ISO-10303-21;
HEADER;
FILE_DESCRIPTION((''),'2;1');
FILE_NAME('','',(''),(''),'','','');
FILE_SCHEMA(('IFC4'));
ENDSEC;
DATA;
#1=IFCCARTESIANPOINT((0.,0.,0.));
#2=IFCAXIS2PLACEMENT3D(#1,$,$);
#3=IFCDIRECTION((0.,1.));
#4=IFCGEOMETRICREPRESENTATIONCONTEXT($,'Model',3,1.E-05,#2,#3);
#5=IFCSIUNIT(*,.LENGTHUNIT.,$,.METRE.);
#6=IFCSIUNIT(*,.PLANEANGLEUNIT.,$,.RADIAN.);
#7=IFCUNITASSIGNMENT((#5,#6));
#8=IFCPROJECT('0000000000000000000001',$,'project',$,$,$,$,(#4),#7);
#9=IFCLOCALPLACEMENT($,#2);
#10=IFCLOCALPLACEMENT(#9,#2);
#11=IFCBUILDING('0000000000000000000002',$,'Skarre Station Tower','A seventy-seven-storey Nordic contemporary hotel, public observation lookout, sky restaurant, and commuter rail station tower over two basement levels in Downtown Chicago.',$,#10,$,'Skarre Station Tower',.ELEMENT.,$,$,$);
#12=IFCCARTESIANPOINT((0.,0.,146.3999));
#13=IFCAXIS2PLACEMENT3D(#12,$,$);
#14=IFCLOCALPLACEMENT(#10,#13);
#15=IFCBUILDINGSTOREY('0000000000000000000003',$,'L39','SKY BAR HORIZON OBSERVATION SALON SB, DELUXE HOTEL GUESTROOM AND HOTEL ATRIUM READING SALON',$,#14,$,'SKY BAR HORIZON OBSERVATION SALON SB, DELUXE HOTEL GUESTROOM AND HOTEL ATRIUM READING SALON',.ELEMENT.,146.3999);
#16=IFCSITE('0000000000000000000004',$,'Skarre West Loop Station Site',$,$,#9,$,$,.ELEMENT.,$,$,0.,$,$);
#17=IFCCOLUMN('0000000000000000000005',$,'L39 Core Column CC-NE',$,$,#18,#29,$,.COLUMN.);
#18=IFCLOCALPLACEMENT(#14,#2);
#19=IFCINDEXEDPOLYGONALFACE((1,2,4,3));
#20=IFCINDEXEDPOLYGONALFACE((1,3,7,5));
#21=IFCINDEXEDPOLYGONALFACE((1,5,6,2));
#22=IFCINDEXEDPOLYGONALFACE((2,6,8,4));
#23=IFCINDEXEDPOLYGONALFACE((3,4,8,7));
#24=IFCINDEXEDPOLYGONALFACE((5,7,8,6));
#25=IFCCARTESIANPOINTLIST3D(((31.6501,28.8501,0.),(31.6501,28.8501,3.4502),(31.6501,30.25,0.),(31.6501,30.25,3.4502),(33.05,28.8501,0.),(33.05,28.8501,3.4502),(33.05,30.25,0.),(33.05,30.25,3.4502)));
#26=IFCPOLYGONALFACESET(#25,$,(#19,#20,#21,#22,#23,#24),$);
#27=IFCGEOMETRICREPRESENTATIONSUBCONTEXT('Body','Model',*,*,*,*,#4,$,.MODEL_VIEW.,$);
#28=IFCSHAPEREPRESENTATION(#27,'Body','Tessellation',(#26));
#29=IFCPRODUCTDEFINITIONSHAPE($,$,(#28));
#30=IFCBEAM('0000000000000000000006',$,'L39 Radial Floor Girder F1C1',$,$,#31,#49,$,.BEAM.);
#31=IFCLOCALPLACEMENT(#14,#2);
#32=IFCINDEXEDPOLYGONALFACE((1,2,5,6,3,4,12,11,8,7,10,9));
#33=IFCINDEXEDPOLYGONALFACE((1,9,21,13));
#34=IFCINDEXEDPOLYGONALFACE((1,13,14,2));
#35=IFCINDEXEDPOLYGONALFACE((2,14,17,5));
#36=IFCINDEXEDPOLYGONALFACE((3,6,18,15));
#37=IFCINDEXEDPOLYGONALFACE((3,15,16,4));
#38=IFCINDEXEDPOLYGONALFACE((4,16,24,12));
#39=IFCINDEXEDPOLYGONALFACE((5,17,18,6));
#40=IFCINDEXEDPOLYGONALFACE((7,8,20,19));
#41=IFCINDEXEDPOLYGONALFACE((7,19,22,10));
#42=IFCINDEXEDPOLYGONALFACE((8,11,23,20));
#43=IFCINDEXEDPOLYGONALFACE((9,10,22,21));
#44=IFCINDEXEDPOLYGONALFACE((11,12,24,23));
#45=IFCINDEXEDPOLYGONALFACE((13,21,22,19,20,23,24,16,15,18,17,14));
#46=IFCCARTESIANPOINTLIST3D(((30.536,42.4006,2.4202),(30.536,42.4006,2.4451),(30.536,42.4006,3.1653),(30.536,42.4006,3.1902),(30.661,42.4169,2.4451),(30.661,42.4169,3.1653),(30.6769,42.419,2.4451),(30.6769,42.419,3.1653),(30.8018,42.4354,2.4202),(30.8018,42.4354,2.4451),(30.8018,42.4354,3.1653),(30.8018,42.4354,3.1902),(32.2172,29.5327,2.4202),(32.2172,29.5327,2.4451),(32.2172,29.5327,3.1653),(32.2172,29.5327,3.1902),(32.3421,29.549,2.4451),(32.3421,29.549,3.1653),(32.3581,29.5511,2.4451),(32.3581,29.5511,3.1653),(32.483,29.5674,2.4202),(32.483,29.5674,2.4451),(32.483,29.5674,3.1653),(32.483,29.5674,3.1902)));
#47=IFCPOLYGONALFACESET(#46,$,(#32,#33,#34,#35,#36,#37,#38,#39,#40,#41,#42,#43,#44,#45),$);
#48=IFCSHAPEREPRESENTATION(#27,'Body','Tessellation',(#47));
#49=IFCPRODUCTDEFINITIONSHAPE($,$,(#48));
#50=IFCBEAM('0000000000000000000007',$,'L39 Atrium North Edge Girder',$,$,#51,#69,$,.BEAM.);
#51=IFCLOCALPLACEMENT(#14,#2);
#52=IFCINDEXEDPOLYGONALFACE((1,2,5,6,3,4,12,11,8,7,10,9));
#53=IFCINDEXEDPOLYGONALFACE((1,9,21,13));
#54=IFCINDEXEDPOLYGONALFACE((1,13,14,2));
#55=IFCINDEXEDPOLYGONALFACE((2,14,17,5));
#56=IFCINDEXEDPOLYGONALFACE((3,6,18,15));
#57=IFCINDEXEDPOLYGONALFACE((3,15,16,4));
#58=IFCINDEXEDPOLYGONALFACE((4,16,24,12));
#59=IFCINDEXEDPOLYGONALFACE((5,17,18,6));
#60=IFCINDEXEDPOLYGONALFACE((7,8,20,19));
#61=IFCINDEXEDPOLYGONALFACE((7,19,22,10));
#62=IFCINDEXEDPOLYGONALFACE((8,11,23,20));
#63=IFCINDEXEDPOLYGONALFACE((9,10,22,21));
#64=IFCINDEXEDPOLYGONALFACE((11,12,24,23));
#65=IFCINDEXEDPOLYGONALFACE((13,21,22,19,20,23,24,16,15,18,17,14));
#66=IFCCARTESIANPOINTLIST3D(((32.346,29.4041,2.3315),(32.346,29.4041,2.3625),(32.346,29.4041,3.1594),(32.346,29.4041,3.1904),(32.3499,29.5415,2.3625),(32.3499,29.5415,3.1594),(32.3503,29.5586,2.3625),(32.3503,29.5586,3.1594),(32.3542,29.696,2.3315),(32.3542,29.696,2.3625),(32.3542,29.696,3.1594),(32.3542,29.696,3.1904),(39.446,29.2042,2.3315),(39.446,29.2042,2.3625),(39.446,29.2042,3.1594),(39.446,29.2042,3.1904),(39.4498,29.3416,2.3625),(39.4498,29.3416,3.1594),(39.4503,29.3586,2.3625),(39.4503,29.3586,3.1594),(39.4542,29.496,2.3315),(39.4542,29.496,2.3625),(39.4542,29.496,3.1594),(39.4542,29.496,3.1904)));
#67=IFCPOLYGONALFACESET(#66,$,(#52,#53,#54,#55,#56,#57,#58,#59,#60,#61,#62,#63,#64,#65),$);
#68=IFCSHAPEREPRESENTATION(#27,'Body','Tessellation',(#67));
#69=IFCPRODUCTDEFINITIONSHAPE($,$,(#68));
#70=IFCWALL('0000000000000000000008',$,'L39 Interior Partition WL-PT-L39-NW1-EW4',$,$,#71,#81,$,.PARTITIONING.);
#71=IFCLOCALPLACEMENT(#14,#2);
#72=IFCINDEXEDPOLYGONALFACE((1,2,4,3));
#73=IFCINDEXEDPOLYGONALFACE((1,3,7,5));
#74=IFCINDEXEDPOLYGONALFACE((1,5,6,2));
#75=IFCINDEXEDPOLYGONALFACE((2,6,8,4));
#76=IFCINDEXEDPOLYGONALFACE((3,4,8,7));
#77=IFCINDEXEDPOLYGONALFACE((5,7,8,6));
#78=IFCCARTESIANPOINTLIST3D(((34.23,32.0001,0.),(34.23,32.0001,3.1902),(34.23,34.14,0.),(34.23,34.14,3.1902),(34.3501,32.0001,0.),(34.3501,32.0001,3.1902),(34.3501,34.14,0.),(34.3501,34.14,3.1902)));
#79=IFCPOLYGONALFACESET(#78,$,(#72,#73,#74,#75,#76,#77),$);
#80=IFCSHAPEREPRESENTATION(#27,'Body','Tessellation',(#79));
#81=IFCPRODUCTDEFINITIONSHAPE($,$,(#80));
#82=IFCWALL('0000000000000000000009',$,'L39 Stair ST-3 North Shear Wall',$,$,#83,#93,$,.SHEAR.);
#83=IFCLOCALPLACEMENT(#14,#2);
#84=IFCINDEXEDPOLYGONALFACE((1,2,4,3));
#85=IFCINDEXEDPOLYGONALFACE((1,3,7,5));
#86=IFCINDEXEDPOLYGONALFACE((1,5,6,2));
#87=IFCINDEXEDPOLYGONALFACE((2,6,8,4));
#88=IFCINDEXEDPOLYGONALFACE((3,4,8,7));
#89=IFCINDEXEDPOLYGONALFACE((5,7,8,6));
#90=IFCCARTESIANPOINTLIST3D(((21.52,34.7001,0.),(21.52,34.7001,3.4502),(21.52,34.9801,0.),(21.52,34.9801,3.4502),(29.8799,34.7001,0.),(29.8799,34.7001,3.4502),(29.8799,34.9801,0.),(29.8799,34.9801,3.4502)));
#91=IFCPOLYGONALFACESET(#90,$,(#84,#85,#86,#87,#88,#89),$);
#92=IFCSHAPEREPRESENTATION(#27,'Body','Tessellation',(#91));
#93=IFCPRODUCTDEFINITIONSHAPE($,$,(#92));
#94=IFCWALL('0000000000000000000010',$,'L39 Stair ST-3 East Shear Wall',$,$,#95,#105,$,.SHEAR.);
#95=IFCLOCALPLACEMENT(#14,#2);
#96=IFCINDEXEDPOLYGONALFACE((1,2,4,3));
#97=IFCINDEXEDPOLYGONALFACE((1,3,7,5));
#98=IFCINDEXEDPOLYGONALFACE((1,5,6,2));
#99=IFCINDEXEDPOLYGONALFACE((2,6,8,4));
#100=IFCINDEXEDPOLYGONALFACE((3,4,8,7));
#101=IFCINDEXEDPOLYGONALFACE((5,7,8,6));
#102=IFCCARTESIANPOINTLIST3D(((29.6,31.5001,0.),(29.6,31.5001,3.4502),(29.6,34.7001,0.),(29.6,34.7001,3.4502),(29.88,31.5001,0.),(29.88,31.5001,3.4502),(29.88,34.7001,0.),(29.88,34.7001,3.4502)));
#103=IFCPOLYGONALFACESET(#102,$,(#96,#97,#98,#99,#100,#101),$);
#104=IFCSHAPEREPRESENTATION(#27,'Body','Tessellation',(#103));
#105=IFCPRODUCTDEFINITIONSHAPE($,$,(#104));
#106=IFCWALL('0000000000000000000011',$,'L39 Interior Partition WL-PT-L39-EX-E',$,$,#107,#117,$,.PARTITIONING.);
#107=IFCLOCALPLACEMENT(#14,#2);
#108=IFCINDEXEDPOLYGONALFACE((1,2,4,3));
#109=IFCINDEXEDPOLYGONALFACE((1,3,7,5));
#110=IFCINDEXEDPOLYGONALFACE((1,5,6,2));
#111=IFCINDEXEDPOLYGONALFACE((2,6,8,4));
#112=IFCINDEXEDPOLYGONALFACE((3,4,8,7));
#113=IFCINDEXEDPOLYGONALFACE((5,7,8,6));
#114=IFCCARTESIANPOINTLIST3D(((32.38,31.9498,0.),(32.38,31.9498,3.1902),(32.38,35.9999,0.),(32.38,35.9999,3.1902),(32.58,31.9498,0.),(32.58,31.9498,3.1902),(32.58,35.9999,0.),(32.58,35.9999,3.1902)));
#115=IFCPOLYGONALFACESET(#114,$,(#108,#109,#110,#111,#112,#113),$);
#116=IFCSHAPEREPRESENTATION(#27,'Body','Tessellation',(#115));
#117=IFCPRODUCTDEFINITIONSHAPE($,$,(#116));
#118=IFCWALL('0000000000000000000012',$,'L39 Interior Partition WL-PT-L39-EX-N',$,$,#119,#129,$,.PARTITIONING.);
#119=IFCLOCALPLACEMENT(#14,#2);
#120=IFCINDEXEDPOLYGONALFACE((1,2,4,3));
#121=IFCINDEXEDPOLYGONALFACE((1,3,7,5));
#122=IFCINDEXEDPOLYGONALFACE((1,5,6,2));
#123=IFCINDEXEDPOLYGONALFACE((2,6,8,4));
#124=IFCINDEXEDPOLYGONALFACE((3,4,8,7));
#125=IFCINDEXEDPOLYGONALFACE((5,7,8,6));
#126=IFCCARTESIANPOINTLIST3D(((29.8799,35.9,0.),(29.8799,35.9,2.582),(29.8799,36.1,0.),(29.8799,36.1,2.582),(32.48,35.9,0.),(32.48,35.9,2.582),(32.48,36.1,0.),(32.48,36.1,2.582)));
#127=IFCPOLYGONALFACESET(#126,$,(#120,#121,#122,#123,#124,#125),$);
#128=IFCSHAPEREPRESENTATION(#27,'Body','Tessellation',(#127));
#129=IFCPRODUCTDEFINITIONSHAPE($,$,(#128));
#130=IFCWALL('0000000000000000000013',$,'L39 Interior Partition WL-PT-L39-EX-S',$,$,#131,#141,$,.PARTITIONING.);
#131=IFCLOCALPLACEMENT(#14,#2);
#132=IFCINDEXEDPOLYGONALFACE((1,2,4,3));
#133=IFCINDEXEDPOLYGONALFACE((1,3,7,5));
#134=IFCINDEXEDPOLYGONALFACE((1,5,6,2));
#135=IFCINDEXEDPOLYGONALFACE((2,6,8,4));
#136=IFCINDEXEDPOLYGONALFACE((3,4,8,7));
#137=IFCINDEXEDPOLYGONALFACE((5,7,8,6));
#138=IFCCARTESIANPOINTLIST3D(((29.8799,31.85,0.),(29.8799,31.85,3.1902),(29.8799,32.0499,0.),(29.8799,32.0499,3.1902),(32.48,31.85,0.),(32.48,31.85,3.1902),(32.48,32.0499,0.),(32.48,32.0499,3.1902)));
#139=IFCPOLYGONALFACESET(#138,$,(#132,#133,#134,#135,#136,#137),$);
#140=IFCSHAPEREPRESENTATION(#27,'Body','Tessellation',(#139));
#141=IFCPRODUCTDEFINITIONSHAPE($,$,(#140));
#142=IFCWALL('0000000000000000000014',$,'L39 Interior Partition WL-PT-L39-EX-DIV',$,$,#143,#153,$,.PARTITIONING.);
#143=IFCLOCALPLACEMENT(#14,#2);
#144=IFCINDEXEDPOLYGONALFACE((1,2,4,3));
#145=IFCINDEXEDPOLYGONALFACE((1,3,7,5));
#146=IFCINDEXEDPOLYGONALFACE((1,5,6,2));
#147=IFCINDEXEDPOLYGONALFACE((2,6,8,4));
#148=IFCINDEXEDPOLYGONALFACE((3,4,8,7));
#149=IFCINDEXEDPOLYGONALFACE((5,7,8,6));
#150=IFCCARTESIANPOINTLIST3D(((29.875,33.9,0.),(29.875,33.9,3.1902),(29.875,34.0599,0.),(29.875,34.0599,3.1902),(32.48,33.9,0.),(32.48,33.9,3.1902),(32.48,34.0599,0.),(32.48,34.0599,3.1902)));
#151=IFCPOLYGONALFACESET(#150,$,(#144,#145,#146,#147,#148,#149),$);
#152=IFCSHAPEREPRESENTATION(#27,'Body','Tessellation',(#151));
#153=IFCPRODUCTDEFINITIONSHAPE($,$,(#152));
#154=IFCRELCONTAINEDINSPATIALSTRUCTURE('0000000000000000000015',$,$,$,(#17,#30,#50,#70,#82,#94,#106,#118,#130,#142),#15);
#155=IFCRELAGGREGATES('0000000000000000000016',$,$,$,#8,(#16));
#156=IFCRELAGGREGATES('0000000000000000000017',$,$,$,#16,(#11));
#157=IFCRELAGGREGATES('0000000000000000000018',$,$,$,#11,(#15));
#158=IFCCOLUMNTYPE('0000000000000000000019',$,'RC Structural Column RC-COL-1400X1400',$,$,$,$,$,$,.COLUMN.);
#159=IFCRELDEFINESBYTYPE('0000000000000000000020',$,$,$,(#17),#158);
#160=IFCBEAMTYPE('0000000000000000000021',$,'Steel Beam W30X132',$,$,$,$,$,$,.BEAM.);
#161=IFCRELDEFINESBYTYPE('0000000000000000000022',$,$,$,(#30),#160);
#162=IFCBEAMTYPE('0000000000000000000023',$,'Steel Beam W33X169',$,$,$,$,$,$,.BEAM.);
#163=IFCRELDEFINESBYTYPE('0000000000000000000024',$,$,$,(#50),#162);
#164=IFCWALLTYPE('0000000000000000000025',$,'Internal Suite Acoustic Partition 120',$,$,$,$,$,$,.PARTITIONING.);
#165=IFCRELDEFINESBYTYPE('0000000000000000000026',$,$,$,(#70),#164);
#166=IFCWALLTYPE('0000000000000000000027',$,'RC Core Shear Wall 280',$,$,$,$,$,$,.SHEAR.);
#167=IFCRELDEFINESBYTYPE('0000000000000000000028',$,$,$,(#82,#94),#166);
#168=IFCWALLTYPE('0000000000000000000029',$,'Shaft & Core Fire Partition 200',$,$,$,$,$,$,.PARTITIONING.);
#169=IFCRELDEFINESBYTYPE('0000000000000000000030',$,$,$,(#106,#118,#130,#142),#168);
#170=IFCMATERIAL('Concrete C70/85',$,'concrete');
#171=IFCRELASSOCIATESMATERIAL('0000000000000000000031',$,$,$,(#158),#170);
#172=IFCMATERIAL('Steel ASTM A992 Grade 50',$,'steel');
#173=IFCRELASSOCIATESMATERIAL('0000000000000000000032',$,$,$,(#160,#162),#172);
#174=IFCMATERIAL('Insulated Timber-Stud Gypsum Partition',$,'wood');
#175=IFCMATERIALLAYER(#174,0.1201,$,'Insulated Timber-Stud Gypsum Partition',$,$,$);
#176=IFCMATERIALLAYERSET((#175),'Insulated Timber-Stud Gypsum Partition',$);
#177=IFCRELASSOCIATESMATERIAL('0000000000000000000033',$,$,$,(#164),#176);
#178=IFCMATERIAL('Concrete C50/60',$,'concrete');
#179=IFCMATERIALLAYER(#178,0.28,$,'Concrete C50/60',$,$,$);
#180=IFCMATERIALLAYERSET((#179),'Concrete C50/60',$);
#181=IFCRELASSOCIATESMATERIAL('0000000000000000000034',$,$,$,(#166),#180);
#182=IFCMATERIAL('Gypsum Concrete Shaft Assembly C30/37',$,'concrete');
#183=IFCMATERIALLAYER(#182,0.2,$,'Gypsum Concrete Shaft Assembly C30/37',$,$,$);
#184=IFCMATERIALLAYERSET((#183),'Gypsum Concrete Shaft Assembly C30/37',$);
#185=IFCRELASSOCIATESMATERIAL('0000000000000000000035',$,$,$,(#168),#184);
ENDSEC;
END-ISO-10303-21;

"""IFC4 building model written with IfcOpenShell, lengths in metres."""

from ifc_helpers import new_model, si_unit, direction, frame, frame_2d, origin, origin_2d, place, context, subcontext, project, spatial, rectangle, i_section, extrude, material, layer, layer_set, material_profile, profile_set, type_object, element, save


model = new_model("IFC4")

# Units and contexts
model_context = context("Model", 3, precision=1e-05, world=origin(), true_north=direction((0.0, 1.0)))
body_context = subcontext(model_context, "Body", "Model", "MODEL_VIEW")
ifc_project = project(units=[si_unit("LENGTHUNIT", "METRE"), si_unit("PLANEANGLEUNIT", "RADIAN")], contexts=[model_context])

# Site, building, storey
site_placement = place(None, origin())
site = spatial("IfcSite", under=ifc_project, at=site_placement, Name="Skarre West Loop Station Site", CompositionType="ELEMENT", RefElevation=0.0)
building_placement = place(site_placement, origin())
building = spatial("IfcBuilding", under=site, at=building_placement, Name="Skarre Station Tower", Description="A seventy-seven-storey Nordic contemporary hotel, public observation lookout, sky restaurant, and commuter rail station tower over two basement levels in Downtown Chicago.", LongName="Skarre Station Tower", CompositionType="ELEMENT")
storey_placement = place(building_placement, frame((0.0, 0.0, 146.3999)))
storey = spatial("IfcBuildingStorey", under=building, at=storey_placement, Name="L39", Description="SKY BAR HORIZON OBSERVATION SALON SB, DELUXE HOTEL GUESTROOM AND HOTEL ATRIUM READING SALON", LongName="SKY BAR HORIZON OBSERVATION SALON SB, DELUXE HOTEL GUESTROOM AND HOTEL ATRIUM READING SALON", CompositionType="ELEMENT", Elevation=146.3999)

# Column
ifc_material_1 = material(Name="Concrete C70/85", Category="concrete")
ifc_material_profile_1 = material_profile(ifc_material_1, rectangle(XDim=1.3999, YDim=1.3999, at=origin_2d()), Name="Concrete C70/85")
ifc_profile_set_1 = profile_set([ifc_material_profile_1], Name="Concrete C70/85")
column_type = type_object("IfcColumnType", Name="RC Structural Column RC-COL-1400X1400", PredefinedType="COLUMN", material=ifc_profile_set_1)
column_placement = place(storey_placement, frame((32.3501, 29.55, 0.0), z_axis=(0.0, 0.0, 1.0), x_axis=(1.0, 0.0, 0.0)))
element("IfcColumn", 1, at=column_placement, inside=storey, type_object=column_type, Name="L39 Core Column CC-NE", PredefinedType="COLUMN", context=body_context, shape_type="SweptSolid", body=[
    extrude(rectangle(XDim=1.3999, YDim=1.3999, at=origin_2d()), origin(), (0.0, 0.0, 1.0), 3.4502),
])

# Beams
ifc_material_2 = material(Name="Steel ASTM A992 Grade 50", Category="steel")
ifc_material_profile_2 = material_profile(ifc_material_2, i_section(OverallWidth=0.2681, OverallDepth=0.77, WebThickness=0.0161, FlangeThickness=0.0249, at=origin_2d()), Name="Steel ASTM A992 Grade 50")
ifc_profile_set_2 = profile_set([ifc_material_profile_2], Name="Steel ASTM A992 Grade 50")
beam_type_1 = type_object("IfcBeamType", Name="Steel Beam W30X132", PredefinedType="BEAM", material=ifc_profile_set_2)
beam_1_placement = place(storey_placement, frame((32.3501, 29.55, 2.8052), z_axis=(-0.129546, 0.991573, 0.0), x_axis=(-0.991573, -0.129546, 0.0)))
element("IfcBeam", 2, at=beam_1_placement, inside=storey, type_object=beam_type_1, Name="L39 Radial Floor Girder F1C1", PredefinedType="BEAM", context=body_context, shape_type="SweptSolid", body=[
    extrude(i_section(OverallWidth=0.2681, OverallDepth=0.77, WebThickness=0.0161, FlangeThickness=0.0249, at=origin_2d()), origin(), (0.0, 0.0, 1.0), 12.9773),
])
ifc_material_profile_3 = material_profile(ifc_material_2, i_section(OverallWidth=0.292, OverallDepth=0.8589, WebThickness=0.0171, FlangeThickness=0.031, at=origin_2d()), Name="Steel ASTM A992 Grade 50")
ifc_profile_set_3 = profile_set([ifc_material_profile_3], Name="Steel ASTM A992 Grade 50")
beam_type_2 = type_object("IfcBeamType", Name="Steel Beam W33X169", PredefinedType="BEAM", material=ifc_profile_set_3)
beam_2_placement = place(storey_placement, frame((32.3501, 29.55, 2.761), z_axis=(0.999604, -0.028152, 0.0), x_axis=(0.028152, 0.999604, 0.0)))
element("IfcBeam", 3, at=beam_2_placement, inside=storey, type_object=beam_type_2, Name="L39 Atrium North Edge Girder", PredefinedType="BEAM", context=body_context, shape_type="SweptSolid", body=[
    extrude(i_section(OverallWidth=0.292, OverallDepth=0.8589, WebThickness=0.0171, FlangeThickness=0.031, at=origin_2d()), origin(), (0.0, 0.0, 1.0), 7.1028),
])

# Walls
ifc_material_3 = material(Name="Insulated Timber-Stud Gypsum Partition", Category="wood")
ifc_layer_1 = layer(ifc_material_3, 0.1201, Name="Insulated Timber-Stud Gypsum Partition")
ifc_layer_set_1 = layer_set([ifc_layer_1], Name="Insulated Timber-Stud Gypsum Partition")
wall_type_1 = type_object("IfcWallType", Name="Internal Suite Acoustic Partition 120", PredefinedType="PARTITIONING", material=ifc_layer_set_1)
wall_1_placement = place(storey_placement, frame((34.29, 34.1399, 0.0), z_axis=(0.0, 0.0, 1.0), x_axis=(0.0, -1.0, 0.0)))
element("IfcWall", 4, at=wall_1_placement, inside=storey, type_object=wall_type_1, Name="L39 Interior Partition WL-PT-L39-NW1-EW4", PredefinedType="PARTITIONING", context=body_context, shape_type="SweptSolid", body=[
    extrude(rectangle(XDim=2.1399, YDim=0.1201, at=frame_2d((1.0698, 0.0))), origin(), (0.0, 0.0, 1.0), 3.1902),
])
ifc_material_4 = material(Name="Concrete C50/60", Category="concrete")
ifc_layer_2 = layer(ifc_material_4, 0.28, Name="Concrete C50/60")
ifc_layer_set_2 = layer_set([ifc_layer_2], Name="Concrete C50/60")
wall_type_2 = type_object("IfcWallType", Name="RC Core Shear Wall 280", PredefinedType="SHEAR", material=ifc_layer_set_2)
wall_2_placement = place(storey_placement, frame((29.8799, 34.8401, 0.0), z_axis=(0.0, 0.0, 1.0), x_axis=(-1.0, 0.0, 0.0)))
element("IfcWall", 5, at=wall_2_placement, inside=storey, type_object=wall_type_2, Name="L39 Stair ST-3 North Shear Wall", PredefinedType="SHEAR", context=body_context, shape_type="SweptSolid", body=[
    extrude(rectangle(XDim=8.3599, YDim=0.28, at=frame_2d((4.1799, 0.0))), origin(), (0.0, 0.0, 1.0), 3.4502),
])
wall_3_placement = place(storey_placement, frame((29.74, 31.5, 0.0), z_axis=(0.0, 0.0, 1.0), x_axis=(0.0, 1.0, 0.0)))
element("IfcWall", 6, at=wall_3_placement, inside=storey, type_object=wall_type_2, Name="L39 Stair ST-3 East Shear Wall", PredefinedType="SHEAR", context=body_context, shape_type="SweptSolid", body=[
    extrude(rectangle(XDim=3.2, YDim=0.28, at=frame_2d((1.6001, 0.0))), origin(), (0.0, 0.0, 1.0), 3.4502),
])
ifc_material_5 = material(Name="Gypsum Concrete Shaft Assembly C30/37", Category="concrete")
ifc_layer_3 = layer(ifc_material_5, 0.2, Name="Gypsum Concrete Shaft Assembly C30/37")
ifc_layer_set_3 = layer_set([ifc_layer_3], Name="Gypsum Concrete Shaft Assembly C30/37")
wall_type_3 = type_object("IfcWallType", Name="Shaft & Core Fire Partition 200", PredefinedType="PARTITIONING", material=ifc_layer_set_3)
wall_4_placement = place(storey_placement, frame((32.48, 31.95, 0.0), z_axis=(0.0, 0.0, 1.0), x_axis=(0.0, 1.0, 0.0)))
element("IfcWall", 7, at=wall_4_placement, inside=storey, type_object=wall_type_3, Name="L39 Interior Partition WL-PT-L39-EX-E", PredefinedType="PARTITIONING", context=body_context, shape_type="SweptSolid", body=[
    extrude(rectangle(XDim=4.05, YDim=0.2, at=frame_2d((2.0249, 0.0))), origin(), (0.0, 0.0, 1.0), 3.1902),
])
wall_5_placement = place(storey_placement, frame((29.8799, 36.0, 0.0), z_axis=(0.0, 0.0, 1.0), x_axis=(1.0, 0.0, 0.0)))
element("IfcWall", 8, at=wall_5_placement, inside=storey, type_object=wall_type_3, Name="L39 Interior Partition WL-PT-L39-EX-N", PredefinedType="PARTITIONING", context=body_context, shape_type="SweptSolid", body=[
    extrude(rectangle(XDim=2.6001, YDim=0.2, at=frame_2d((1.3, 0.0))), origin(), (0.0, 0.0, 1.0), 2.582),
])
wall_6_placement = place(storey_placement, frame((32.48, 31.95, 0.0), z_axis=(0.0, 0.0, 1.0), x_axis=(-1.0, 0.0, 0.0)))
element("IfcWall", 9, at=wall_6_placement, inside=storey, type_object=wall_type_3, Name="L39 Interior Partition WL-PT-L39-EX-S", PredefinedType="PARTITIONING", context=body_context, shape_type="SweptSolid", body=[
    extrude(rectangle(XDim=2.6001, YDim=0.2, at=frame_2d((1.3, 0.0))), origin(), (0.0, 0.0, 1.0), 3.1902),
])
wall_7_placement = place(storey_placement, frame((29.875, 33.98, 0.0), z_axis=(0.0, 0.0, 1.0), x_axis=(1.0, 0.0, 0.0)))
element("IfcWall", 10, at=wall_7_placement, inside=storey, type_object=wall_type_3, Name="L39 Interior Partition WL-PT-L39-EX-DIV", PredefinedType="PARTITIONING", context=body_context, shape_type="SweptSolid", body=[
    extrude(rectangle(XDim=2.605, YDim=0.1599, at=frame_2d((1.3025, 0.0))), origin(), (0.0, 0.0, 1.0), 3.1902),
])

save(model, "model.ifc")
